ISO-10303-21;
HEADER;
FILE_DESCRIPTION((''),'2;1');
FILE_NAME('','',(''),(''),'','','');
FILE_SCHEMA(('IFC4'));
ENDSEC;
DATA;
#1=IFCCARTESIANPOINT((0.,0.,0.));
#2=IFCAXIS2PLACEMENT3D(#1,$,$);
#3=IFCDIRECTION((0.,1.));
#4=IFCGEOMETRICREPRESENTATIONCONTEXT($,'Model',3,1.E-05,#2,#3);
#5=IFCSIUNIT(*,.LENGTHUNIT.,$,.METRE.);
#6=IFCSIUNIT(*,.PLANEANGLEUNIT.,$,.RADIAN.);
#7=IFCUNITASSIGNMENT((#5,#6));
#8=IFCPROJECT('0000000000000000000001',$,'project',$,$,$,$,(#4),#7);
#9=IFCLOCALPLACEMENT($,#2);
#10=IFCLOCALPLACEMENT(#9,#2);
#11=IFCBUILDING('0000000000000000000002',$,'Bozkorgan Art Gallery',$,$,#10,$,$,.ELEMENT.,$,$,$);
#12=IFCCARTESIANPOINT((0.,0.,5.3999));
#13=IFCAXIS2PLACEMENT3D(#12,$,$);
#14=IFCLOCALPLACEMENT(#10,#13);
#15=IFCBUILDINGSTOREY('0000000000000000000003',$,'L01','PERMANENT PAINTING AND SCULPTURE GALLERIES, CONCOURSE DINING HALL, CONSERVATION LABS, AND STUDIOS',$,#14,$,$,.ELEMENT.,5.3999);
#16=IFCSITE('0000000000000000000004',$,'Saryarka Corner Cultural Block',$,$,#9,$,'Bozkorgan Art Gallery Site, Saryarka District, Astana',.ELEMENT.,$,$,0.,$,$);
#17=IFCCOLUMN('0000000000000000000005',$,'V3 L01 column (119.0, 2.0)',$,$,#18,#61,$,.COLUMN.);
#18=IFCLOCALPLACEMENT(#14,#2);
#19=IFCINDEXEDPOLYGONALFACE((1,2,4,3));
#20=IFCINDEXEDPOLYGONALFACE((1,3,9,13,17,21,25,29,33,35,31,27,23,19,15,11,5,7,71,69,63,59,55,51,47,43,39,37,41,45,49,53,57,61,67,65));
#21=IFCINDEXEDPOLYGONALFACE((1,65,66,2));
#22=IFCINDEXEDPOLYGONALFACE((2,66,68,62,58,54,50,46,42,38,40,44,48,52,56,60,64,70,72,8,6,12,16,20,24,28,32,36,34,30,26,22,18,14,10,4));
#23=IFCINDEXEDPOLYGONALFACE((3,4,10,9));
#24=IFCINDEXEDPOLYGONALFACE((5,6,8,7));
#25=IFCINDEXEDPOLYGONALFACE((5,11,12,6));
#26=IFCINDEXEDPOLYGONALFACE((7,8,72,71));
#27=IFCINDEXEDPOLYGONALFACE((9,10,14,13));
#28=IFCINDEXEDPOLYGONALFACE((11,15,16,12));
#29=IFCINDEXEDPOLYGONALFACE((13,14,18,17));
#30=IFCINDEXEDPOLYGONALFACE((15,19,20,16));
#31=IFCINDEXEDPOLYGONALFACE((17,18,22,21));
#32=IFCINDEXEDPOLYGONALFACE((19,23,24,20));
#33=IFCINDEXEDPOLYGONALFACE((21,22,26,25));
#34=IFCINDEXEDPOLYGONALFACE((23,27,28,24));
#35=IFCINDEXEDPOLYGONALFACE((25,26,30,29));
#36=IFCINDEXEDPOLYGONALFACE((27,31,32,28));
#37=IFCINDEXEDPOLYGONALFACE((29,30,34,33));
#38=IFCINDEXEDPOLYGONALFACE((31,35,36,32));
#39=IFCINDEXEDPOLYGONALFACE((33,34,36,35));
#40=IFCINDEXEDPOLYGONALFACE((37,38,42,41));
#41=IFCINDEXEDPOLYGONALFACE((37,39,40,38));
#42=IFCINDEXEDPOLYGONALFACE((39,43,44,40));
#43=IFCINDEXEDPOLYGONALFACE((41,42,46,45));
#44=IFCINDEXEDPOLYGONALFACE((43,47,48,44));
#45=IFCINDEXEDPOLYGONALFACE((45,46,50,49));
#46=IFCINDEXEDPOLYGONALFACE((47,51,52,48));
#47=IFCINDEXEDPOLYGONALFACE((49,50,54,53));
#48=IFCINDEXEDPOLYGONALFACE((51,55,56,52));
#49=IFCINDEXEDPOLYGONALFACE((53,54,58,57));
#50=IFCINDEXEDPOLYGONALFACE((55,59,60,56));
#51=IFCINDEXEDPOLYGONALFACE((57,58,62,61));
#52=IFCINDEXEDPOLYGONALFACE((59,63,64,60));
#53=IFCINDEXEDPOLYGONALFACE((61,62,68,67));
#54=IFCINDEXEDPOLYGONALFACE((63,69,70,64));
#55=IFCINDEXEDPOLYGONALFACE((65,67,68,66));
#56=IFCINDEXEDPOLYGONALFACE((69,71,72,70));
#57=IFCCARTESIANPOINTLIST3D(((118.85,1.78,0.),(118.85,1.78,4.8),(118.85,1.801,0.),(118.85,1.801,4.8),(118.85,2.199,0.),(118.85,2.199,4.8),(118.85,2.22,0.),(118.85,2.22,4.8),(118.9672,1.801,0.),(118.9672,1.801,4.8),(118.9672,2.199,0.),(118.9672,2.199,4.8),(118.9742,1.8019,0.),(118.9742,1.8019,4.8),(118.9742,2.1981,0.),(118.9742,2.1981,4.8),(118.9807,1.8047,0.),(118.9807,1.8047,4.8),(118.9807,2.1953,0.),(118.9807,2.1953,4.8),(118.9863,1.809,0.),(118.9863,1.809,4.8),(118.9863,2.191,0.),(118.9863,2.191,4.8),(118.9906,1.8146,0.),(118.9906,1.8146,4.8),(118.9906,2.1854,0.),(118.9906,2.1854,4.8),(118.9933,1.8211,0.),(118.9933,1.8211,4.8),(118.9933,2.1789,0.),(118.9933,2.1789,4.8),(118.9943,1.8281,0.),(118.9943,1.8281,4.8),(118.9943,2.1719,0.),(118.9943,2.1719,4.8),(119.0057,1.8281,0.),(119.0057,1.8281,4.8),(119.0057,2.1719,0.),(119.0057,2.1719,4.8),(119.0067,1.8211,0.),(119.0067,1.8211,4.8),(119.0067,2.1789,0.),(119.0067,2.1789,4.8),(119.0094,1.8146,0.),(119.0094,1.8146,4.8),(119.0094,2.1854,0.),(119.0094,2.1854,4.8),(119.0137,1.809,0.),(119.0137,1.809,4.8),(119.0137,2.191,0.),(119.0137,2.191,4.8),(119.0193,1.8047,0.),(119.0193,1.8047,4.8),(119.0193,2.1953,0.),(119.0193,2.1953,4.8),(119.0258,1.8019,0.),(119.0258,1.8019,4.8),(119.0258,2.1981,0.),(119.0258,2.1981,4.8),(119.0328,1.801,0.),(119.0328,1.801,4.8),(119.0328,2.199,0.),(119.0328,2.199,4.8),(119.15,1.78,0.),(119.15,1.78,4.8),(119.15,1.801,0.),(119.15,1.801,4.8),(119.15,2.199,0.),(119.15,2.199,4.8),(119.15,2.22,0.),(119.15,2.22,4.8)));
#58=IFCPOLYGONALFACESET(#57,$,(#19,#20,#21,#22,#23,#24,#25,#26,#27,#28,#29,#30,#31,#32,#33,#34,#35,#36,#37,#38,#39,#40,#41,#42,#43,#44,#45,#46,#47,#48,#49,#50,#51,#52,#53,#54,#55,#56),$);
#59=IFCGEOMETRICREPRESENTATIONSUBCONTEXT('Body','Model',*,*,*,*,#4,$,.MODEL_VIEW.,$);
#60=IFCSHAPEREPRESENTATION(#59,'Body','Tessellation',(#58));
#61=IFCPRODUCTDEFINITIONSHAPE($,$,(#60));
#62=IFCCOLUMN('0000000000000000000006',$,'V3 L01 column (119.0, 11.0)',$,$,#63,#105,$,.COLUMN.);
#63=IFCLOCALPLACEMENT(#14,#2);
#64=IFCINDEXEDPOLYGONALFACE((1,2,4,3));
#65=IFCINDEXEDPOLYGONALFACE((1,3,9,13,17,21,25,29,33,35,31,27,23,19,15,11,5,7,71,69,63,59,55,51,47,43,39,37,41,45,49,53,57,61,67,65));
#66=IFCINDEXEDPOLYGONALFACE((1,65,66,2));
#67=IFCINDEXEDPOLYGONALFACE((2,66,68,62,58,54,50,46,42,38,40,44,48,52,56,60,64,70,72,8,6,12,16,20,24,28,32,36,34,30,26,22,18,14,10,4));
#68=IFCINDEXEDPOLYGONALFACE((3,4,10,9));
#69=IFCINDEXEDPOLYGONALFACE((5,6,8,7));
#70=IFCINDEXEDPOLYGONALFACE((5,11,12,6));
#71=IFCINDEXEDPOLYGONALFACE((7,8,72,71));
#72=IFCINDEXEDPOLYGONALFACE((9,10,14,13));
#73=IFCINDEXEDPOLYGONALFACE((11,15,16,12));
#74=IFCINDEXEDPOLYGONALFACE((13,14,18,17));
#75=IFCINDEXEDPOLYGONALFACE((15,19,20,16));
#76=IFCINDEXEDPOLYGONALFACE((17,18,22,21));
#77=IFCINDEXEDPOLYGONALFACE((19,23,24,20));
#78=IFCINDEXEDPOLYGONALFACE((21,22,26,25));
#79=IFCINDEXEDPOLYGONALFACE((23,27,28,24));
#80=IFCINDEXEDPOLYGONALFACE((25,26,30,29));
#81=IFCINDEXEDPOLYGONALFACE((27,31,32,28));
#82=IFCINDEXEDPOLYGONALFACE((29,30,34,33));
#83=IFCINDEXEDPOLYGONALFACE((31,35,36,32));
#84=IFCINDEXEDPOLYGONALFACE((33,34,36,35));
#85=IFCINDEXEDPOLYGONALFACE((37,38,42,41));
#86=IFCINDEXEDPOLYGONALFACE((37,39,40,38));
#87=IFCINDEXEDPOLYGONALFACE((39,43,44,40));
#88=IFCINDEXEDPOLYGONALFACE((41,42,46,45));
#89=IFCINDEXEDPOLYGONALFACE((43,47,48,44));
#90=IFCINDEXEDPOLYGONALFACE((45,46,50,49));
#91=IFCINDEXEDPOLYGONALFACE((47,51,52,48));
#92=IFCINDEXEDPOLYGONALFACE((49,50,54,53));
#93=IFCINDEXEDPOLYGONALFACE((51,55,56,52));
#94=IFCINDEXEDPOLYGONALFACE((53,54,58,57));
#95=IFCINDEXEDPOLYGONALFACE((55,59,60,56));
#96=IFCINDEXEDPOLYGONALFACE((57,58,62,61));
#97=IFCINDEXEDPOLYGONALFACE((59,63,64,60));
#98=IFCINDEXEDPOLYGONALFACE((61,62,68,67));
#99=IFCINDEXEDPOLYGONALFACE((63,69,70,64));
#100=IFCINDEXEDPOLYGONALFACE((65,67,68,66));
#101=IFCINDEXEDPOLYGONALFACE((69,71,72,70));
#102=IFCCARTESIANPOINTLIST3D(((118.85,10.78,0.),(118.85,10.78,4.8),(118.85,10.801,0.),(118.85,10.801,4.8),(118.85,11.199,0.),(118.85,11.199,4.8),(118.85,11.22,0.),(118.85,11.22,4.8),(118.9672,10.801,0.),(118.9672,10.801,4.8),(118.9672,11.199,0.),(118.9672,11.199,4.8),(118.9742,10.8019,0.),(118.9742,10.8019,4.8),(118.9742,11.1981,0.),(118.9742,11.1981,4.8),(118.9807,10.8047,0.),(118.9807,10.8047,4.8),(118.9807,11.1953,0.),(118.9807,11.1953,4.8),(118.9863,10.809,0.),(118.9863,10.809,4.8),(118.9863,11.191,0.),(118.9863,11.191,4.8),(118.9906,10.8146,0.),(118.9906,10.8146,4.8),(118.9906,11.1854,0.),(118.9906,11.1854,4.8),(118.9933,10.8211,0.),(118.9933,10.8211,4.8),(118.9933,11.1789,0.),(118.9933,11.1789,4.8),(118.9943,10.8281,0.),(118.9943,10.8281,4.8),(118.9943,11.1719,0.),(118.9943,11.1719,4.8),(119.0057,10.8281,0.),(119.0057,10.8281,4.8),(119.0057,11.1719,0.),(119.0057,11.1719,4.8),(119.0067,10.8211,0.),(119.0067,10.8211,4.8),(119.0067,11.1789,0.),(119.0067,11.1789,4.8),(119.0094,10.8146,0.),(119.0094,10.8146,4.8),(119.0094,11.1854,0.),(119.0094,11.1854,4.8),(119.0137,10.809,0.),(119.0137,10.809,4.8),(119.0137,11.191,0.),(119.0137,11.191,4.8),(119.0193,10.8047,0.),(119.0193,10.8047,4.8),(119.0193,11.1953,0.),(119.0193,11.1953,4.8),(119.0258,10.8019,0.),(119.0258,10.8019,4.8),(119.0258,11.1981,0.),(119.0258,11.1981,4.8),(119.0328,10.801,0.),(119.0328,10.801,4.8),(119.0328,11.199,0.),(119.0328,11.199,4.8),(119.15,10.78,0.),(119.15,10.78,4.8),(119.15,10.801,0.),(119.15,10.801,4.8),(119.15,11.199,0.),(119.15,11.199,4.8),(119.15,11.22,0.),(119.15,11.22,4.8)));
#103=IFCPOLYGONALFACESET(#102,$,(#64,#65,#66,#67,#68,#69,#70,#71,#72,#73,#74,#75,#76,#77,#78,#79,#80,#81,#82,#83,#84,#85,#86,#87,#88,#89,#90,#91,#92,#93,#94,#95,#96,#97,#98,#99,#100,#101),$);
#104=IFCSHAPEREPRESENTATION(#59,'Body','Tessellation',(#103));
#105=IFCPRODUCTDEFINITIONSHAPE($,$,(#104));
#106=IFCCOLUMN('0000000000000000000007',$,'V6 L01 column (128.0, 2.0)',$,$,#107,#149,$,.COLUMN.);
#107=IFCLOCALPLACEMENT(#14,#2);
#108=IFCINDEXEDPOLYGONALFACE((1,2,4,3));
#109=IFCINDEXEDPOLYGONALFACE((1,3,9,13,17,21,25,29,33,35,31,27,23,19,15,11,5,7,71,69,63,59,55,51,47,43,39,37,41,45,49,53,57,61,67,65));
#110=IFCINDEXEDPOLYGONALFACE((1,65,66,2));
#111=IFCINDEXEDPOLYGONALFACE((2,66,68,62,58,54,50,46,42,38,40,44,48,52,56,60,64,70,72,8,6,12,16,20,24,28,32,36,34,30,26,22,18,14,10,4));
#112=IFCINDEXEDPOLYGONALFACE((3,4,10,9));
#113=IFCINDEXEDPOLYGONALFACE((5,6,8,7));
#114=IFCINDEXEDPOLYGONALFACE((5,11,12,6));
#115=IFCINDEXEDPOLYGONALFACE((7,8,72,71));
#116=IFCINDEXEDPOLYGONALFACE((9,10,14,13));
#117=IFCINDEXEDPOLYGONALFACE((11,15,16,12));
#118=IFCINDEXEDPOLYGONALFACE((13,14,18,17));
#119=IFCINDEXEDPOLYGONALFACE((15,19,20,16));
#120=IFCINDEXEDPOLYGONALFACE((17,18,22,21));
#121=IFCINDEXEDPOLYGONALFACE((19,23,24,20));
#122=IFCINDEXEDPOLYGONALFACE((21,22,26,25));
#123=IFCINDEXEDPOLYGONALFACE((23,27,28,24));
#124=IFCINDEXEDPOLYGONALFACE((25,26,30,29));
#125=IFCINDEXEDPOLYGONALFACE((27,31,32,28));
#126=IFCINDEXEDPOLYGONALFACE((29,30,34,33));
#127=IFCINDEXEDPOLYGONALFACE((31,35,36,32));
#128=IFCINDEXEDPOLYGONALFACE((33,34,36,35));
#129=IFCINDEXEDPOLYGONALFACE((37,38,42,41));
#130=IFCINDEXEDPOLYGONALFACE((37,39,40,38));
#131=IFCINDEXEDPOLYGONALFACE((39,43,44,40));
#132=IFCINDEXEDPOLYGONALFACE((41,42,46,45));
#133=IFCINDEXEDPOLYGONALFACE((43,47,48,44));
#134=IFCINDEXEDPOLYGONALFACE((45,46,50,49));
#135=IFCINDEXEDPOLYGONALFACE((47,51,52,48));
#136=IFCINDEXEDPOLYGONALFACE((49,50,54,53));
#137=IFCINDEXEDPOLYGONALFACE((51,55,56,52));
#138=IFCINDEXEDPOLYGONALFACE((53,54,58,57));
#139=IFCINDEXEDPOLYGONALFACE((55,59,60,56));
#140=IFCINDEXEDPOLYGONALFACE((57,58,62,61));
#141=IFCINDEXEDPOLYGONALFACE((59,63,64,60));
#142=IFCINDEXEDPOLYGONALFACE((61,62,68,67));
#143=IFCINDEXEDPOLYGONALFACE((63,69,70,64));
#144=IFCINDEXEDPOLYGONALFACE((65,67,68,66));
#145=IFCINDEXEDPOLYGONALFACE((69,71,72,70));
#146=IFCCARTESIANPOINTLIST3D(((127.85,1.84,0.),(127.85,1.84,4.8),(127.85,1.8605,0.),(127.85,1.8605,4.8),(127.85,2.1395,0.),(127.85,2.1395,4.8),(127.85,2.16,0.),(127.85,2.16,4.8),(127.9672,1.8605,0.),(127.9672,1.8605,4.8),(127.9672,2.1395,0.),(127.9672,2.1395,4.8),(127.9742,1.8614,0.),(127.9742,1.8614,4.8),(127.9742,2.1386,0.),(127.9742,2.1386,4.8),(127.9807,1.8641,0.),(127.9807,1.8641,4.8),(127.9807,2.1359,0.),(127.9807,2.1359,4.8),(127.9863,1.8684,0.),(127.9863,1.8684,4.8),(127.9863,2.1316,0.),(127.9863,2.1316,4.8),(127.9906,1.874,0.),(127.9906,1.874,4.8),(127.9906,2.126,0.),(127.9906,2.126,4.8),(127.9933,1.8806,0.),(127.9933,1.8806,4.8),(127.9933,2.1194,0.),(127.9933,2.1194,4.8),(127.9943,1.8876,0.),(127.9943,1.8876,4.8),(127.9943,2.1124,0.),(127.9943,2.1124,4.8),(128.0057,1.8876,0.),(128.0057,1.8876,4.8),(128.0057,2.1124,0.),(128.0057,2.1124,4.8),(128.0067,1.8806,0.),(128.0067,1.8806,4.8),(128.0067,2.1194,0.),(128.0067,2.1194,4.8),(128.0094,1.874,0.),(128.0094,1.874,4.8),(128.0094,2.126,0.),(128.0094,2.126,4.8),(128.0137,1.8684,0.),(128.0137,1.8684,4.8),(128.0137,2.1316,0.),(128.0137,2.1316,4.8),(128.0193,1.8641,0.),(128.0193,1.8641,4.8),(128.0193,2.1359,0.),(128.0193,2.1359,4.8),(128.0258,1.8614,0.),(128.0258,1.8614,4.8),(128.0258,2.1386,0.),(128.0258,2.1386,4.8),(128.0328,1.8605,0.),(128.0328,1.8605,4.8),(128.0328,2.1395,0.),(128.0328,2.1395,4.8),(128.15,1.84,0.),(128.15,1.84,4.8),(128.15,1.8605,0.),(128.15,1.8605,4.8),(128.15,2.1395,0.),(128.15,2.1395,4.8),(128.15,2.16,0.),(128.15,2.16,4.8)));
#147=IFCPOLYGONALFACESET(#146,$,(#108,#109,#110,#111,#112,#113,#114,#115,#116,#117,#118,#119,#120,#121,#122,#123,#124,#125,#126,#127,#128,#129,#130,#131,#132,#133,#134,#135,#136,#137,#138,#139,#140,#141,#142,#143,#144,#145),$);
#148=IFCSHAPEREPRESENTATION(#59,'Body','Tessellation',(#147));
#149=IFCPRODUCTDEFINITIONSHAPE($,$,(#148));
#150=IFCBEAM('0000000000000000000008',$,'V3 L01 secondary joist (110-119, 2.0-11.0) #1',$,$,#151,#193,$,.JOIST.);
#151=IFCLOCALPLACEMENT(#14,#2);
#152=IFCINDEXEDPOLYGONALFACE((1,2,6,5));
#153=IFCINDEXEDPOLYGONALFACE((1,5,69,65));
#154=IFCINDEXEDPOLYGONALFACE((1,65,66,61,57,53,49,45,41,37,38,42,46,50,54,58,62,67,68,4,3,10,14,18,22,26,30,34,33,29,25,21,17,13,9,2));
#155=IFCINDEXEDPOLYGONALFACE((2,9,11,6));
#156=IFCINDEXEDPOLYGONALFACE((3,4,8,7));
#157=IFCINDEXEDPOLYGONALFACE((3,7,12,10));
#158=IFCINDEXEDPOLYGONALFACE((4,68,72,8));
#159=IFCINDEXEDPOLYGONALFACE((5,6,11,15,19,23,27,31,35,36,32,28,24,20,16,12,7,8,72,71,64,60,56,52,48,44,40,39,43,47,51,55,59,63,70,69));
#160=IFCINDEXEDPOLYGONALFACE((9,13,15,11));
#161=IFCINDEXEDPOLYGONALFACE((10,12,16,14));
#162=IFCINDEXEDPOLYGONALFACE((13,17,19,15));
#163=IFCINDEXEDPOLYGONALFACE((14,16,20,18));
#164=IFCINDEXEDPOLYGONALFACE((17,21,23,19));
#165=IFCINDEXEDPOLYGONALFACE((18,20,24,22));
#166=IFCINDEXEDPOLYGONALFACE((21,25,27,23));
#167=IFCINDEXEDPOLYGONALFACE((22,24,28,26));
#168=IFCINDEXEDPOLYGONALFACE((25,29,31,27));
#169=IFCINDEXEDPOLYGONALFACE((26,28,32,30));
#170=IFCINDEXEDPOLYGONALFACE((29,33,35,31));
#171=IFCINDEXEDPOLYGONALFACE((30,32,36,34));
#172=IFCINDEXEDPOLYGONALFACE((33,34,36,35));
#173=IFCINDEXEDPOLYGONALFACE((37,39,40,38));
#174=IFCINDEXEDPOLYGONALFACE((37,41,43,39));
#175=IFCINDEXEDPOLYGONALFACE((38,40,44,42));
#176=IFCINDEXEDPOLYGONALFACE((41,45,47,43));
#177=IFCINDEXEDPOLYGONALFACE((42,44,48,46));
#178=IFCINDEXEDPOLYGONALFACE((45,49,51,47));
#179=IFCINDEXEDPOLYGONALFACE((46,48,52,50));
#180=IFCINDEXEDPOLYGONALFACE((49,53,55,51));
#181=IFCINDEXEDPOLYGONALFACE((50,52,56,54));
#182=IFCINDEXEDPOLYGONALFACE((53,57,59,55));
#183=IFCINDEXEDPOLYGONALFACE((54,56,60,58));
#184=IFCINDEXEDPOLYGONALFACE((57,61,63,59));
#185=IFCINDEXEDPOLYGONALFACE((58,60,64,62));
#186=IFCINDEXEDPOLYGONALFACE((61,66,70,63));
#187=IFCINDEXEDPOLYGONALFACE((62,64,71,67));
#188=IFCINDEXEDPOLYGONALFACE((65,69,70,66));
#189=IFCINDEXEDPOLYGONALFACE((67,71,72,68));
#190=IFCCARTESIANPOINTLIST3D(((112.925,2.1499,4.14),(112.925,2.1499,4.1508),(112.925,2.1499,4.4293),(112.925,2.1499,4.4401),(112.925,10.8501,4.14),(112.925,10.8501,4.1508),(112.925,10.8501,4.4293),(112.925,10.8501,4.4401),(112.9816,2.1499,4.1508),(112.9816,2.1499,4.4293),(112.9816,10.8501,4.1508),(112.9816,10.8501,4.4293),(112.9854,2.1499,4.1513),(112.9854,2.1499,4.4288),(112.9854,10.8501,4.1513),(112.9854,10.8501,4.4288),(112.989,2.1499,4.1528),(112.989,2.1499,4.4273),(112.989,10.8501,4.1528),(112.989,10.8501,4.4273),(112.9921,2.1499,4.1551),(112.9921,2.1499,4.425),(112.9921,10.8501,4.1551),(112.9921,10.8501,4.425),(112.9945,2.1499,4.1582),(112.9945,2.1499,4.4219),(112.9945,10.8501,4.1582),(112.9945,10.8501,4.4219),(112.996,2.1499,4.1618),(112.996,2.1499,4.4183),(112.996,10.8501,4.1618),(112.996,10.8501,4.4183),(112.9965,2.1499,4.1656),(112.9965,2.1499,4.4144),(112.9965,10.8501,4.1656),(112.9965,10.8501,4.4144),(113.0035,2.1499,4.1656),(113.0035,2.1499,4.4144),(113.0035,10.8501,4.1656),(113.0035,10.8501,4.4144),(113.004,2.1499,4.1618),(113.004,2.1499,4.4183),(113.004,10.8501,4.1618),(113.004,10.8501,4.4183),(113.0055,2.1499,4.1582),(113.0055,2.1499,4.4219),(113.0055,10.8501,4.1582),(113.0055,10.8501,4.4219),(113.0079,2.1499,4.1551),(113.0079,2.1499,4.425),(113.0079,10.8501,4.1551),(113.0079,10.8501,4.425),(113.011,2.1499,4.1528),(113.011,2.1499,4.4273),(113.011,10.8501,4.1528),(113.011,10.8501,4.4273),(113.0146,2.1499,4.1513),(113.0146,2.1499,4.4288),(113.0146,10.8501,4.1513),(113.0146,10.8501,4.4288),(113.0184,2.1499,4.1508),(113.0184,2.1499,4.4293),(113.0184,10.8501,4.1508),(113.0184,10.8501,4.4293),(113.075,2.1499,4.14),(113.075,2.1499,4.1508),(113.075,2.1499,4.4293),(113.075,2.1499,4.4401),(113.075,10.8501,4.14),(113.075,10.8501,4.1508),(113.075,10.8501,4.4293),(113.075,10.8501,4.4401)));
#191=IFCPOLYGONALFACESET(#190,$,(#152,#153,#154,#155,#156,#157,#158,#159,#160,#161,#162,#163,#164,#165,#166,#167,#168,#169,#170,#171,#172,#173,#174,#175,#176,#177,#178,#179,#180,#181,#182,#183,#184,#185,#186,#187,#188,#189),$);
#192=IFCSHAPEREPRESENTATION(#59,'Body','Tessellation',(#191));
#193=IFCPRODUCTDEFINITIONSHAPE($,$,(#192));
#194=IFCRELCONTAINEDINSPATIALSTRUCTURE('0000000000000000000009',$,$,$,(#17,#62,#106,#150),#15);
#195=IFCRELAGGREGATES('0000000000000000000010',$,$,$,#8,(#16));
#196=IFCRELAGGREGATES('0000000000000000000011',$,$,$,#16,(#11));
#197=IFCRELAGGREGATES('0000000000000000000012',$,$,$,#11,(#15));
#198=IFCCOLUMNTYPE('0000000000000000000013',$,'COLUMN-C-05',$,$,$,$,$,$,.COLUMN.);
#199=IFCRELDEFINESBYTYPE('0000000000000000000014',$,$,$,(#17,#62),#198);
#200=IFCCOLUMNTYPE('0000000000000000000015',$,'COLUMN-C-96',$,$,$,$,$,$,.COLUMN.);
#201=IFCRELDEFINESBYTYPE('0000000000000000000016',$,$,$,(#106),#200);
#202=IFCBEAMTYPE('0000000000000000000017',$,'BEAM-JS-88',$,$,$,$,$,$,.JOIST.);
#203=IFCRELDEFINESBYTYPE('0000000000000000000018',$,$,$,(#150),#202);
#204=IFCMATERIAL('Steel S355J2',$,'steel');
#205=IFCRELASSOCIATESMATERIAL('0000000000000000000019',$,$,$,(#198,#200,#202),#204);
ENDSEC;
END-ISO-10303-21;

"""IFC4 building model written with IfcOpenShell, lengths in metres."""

from ifc_helpers import new_model, si_unit, direction, frame, origin, origin_2d, place, context, subcontext, project, spatial, i_section, extrude, material, material_profile, profile_set, type_object, element, save


model = new_model("IFC4")

# Units and contexts
model_context = context("Model", 3, precision=1e-05, world=origin(), true_north=direction((0.0, 1.0)))
body_context = subcontext(model_context, "Body", "Model", "MODEL_VIEW")
ifc_project = project(units=[si_unit("LENGTHUNIT", "METRE"), si_unit("PLANEANGLEUNIT", "RADIAN")], contexts=[model_context])

# Site, building, storey
site_placement = place(None, origin())
site = spatial("IfcSite", under=ifc_project, at=site_placement, Name="Saryarka Corner Cultural Block", LongName="Bozkorgan Art Gallery Site, Saryarka District, Astana", CompositionType="ELEMENT", RefElevation=0.0)
building_placement = place(site_placement, origin())
building = spatial("IfcBuilding", under=site, at=building_placement, Name="Bozkorgan Art Gallery", CompositionType="ELEMENT")
storey_placement = place(building_placement, frame((0.0, 0.0, 5.3999)))
storey = spatial("IfcBuildingStorey", under=building, at=storey_placement, Name="L01", Description="PERMANENT PAINTING AND SCULPTURE GALLERIES, CONCOURSE DINING HALL, CONSERVATION LABS, AND STUDIOS", CompositionType="ELEMENT", Elevation=5.3999)

# Columns
ifc_material_1 = material(Name="Steel S355J2", Category="steel")
ifc_material_profile_1 = material_profile(ifc_material_1, i_section(OverallWidth=0.3, OverallDepth=0.4399, WebThickness=0.0115, FlangeThickness=0.021, FilletRadius=0.0271, at=origin_2d()), Name="HEA 450")
ifc_profile_set_1 = profile_set([ifc_material_profile_1], Name="Steel S355J2")
column_type_1 = type_object("IfcColumnType", Name="COLUMN-C-05", PredefinedType="COLUMN", material=ifc_profile_set_1)
for number, where, z_axis, x_axis, name in (
    (1, (119.0, 2.0, 0.0), (0.0, 0.0, 1.0), (1.0, 0.0, 0.0), "V3 L01 column (119.0, 2.0)"),
    (2, (119.0, 11.0, 0.0), (0.0, 0.0, 1.0), (1.0, 0.0, 0.0), "V3 L01 column (119.0, 11.0)"),
):
    element("IfcColumn", number, at=place(storey_placement, frame(where, z_axis=z_axis, x_axis=x_axis)), inside=storey, type_object=column_type_1, Name=name, PredefinedType="COLUMN", context=body_context, shape_type="SweptSolid", body=[
        extrude(i_section(OverallWidth=0.3, OverallDepth=0.4399, WebThickness=0.0115, FlangeThickness=0.021, FilletRadius=0.0271, at=origin_2d()), origin(), (0.0, 0.0, 1.0), 4.8),
    ])
ifc_material_profile_2 = material_profile(ifc_material_1, i_section(OverallWidth=0.3, OverallDepth=0.3201, WebThickness=0.0115, FlangeThickness=0.0205, FilletRadius=0.0271, at=origin_2d()), Name="HEB 320")
ifc_profile_set_2 = profile_set([ifc_material_profile_2], Name="Steel S355J2")
column_type_2 = type_object("IfcColumnType", Name="COLUMN-C-96", PredefinedType="COLUMN", material=ifc_profile_set_2)
column_placement = place(storey_placement, frame((128.0, 2.0, 0.0), z_axis=(0.0, 0.0, 1.0), x_axis=(1.0, 0.0, 0.0)))
element("IfcColumn", 3, at=column_placement, inside=storey, type_object=column_type_2, Name="V6 L01 column (128.0, 2.0)", PredefinedType="COLUMN", context=body_context, shape_type="SweptSolid", body=[
    extrude(i_section(OverallWidth=0.3, OverallDepth=0.3201, WebThickness=0.0115, FlangeThickness=0.0205, FilletRadius=0.0271, at=origin_2d()), origin(), (0.0, 0.0, 1.0), 4.8),
])

# Beam
ifc_material_profile_3 = material_profile(ifc_material_1, i_section(OverallWidth=0.1499, OverallDepth=0.3, WebThickness=0.0071, FlangeThickness=0.0107, FilletRadius=0.0149, at=origin_2d()), Name="IPE 300")
ifc_profile_set_3 = profile_set([ifc_material_profile_3], Name="Steel S355J2")
beam_type_1 = type_object("IfcBeamType", Name="BEAM-JS-88", PredefinedType="JOIST", material=ifc_profile_set_3)
for number, where, z_axis, x_axis, name in (
    (4, (113.0, 2.1499, 4.29), (0.0, 1.0, 0.0), (-1.0, 0.0, 0.0), "V3 L01 secondary joist (110-119, 2.0-11.0) #1"),
):
    element("IfcBeam", number, at=place(storey_placement, frame(where, z_axis=z_axis, x_axis=x_axis)), inside=storey, type_object=beam_type_1, Name=name, PredefinedType="JOIST", context=body_context, shape_type="SweptSolid", body=[
        extrude(i_section(OverallWidth=0.1499, OverallDepth=0.3, WebThickness=0.0071, FlangeThickness=0.0107, FilletRadius=0.0149, at=origin_2d()), origin(), (0.0, 0.0, 1.0), 8.7002),
    ])

save(model, "model.ifc")
